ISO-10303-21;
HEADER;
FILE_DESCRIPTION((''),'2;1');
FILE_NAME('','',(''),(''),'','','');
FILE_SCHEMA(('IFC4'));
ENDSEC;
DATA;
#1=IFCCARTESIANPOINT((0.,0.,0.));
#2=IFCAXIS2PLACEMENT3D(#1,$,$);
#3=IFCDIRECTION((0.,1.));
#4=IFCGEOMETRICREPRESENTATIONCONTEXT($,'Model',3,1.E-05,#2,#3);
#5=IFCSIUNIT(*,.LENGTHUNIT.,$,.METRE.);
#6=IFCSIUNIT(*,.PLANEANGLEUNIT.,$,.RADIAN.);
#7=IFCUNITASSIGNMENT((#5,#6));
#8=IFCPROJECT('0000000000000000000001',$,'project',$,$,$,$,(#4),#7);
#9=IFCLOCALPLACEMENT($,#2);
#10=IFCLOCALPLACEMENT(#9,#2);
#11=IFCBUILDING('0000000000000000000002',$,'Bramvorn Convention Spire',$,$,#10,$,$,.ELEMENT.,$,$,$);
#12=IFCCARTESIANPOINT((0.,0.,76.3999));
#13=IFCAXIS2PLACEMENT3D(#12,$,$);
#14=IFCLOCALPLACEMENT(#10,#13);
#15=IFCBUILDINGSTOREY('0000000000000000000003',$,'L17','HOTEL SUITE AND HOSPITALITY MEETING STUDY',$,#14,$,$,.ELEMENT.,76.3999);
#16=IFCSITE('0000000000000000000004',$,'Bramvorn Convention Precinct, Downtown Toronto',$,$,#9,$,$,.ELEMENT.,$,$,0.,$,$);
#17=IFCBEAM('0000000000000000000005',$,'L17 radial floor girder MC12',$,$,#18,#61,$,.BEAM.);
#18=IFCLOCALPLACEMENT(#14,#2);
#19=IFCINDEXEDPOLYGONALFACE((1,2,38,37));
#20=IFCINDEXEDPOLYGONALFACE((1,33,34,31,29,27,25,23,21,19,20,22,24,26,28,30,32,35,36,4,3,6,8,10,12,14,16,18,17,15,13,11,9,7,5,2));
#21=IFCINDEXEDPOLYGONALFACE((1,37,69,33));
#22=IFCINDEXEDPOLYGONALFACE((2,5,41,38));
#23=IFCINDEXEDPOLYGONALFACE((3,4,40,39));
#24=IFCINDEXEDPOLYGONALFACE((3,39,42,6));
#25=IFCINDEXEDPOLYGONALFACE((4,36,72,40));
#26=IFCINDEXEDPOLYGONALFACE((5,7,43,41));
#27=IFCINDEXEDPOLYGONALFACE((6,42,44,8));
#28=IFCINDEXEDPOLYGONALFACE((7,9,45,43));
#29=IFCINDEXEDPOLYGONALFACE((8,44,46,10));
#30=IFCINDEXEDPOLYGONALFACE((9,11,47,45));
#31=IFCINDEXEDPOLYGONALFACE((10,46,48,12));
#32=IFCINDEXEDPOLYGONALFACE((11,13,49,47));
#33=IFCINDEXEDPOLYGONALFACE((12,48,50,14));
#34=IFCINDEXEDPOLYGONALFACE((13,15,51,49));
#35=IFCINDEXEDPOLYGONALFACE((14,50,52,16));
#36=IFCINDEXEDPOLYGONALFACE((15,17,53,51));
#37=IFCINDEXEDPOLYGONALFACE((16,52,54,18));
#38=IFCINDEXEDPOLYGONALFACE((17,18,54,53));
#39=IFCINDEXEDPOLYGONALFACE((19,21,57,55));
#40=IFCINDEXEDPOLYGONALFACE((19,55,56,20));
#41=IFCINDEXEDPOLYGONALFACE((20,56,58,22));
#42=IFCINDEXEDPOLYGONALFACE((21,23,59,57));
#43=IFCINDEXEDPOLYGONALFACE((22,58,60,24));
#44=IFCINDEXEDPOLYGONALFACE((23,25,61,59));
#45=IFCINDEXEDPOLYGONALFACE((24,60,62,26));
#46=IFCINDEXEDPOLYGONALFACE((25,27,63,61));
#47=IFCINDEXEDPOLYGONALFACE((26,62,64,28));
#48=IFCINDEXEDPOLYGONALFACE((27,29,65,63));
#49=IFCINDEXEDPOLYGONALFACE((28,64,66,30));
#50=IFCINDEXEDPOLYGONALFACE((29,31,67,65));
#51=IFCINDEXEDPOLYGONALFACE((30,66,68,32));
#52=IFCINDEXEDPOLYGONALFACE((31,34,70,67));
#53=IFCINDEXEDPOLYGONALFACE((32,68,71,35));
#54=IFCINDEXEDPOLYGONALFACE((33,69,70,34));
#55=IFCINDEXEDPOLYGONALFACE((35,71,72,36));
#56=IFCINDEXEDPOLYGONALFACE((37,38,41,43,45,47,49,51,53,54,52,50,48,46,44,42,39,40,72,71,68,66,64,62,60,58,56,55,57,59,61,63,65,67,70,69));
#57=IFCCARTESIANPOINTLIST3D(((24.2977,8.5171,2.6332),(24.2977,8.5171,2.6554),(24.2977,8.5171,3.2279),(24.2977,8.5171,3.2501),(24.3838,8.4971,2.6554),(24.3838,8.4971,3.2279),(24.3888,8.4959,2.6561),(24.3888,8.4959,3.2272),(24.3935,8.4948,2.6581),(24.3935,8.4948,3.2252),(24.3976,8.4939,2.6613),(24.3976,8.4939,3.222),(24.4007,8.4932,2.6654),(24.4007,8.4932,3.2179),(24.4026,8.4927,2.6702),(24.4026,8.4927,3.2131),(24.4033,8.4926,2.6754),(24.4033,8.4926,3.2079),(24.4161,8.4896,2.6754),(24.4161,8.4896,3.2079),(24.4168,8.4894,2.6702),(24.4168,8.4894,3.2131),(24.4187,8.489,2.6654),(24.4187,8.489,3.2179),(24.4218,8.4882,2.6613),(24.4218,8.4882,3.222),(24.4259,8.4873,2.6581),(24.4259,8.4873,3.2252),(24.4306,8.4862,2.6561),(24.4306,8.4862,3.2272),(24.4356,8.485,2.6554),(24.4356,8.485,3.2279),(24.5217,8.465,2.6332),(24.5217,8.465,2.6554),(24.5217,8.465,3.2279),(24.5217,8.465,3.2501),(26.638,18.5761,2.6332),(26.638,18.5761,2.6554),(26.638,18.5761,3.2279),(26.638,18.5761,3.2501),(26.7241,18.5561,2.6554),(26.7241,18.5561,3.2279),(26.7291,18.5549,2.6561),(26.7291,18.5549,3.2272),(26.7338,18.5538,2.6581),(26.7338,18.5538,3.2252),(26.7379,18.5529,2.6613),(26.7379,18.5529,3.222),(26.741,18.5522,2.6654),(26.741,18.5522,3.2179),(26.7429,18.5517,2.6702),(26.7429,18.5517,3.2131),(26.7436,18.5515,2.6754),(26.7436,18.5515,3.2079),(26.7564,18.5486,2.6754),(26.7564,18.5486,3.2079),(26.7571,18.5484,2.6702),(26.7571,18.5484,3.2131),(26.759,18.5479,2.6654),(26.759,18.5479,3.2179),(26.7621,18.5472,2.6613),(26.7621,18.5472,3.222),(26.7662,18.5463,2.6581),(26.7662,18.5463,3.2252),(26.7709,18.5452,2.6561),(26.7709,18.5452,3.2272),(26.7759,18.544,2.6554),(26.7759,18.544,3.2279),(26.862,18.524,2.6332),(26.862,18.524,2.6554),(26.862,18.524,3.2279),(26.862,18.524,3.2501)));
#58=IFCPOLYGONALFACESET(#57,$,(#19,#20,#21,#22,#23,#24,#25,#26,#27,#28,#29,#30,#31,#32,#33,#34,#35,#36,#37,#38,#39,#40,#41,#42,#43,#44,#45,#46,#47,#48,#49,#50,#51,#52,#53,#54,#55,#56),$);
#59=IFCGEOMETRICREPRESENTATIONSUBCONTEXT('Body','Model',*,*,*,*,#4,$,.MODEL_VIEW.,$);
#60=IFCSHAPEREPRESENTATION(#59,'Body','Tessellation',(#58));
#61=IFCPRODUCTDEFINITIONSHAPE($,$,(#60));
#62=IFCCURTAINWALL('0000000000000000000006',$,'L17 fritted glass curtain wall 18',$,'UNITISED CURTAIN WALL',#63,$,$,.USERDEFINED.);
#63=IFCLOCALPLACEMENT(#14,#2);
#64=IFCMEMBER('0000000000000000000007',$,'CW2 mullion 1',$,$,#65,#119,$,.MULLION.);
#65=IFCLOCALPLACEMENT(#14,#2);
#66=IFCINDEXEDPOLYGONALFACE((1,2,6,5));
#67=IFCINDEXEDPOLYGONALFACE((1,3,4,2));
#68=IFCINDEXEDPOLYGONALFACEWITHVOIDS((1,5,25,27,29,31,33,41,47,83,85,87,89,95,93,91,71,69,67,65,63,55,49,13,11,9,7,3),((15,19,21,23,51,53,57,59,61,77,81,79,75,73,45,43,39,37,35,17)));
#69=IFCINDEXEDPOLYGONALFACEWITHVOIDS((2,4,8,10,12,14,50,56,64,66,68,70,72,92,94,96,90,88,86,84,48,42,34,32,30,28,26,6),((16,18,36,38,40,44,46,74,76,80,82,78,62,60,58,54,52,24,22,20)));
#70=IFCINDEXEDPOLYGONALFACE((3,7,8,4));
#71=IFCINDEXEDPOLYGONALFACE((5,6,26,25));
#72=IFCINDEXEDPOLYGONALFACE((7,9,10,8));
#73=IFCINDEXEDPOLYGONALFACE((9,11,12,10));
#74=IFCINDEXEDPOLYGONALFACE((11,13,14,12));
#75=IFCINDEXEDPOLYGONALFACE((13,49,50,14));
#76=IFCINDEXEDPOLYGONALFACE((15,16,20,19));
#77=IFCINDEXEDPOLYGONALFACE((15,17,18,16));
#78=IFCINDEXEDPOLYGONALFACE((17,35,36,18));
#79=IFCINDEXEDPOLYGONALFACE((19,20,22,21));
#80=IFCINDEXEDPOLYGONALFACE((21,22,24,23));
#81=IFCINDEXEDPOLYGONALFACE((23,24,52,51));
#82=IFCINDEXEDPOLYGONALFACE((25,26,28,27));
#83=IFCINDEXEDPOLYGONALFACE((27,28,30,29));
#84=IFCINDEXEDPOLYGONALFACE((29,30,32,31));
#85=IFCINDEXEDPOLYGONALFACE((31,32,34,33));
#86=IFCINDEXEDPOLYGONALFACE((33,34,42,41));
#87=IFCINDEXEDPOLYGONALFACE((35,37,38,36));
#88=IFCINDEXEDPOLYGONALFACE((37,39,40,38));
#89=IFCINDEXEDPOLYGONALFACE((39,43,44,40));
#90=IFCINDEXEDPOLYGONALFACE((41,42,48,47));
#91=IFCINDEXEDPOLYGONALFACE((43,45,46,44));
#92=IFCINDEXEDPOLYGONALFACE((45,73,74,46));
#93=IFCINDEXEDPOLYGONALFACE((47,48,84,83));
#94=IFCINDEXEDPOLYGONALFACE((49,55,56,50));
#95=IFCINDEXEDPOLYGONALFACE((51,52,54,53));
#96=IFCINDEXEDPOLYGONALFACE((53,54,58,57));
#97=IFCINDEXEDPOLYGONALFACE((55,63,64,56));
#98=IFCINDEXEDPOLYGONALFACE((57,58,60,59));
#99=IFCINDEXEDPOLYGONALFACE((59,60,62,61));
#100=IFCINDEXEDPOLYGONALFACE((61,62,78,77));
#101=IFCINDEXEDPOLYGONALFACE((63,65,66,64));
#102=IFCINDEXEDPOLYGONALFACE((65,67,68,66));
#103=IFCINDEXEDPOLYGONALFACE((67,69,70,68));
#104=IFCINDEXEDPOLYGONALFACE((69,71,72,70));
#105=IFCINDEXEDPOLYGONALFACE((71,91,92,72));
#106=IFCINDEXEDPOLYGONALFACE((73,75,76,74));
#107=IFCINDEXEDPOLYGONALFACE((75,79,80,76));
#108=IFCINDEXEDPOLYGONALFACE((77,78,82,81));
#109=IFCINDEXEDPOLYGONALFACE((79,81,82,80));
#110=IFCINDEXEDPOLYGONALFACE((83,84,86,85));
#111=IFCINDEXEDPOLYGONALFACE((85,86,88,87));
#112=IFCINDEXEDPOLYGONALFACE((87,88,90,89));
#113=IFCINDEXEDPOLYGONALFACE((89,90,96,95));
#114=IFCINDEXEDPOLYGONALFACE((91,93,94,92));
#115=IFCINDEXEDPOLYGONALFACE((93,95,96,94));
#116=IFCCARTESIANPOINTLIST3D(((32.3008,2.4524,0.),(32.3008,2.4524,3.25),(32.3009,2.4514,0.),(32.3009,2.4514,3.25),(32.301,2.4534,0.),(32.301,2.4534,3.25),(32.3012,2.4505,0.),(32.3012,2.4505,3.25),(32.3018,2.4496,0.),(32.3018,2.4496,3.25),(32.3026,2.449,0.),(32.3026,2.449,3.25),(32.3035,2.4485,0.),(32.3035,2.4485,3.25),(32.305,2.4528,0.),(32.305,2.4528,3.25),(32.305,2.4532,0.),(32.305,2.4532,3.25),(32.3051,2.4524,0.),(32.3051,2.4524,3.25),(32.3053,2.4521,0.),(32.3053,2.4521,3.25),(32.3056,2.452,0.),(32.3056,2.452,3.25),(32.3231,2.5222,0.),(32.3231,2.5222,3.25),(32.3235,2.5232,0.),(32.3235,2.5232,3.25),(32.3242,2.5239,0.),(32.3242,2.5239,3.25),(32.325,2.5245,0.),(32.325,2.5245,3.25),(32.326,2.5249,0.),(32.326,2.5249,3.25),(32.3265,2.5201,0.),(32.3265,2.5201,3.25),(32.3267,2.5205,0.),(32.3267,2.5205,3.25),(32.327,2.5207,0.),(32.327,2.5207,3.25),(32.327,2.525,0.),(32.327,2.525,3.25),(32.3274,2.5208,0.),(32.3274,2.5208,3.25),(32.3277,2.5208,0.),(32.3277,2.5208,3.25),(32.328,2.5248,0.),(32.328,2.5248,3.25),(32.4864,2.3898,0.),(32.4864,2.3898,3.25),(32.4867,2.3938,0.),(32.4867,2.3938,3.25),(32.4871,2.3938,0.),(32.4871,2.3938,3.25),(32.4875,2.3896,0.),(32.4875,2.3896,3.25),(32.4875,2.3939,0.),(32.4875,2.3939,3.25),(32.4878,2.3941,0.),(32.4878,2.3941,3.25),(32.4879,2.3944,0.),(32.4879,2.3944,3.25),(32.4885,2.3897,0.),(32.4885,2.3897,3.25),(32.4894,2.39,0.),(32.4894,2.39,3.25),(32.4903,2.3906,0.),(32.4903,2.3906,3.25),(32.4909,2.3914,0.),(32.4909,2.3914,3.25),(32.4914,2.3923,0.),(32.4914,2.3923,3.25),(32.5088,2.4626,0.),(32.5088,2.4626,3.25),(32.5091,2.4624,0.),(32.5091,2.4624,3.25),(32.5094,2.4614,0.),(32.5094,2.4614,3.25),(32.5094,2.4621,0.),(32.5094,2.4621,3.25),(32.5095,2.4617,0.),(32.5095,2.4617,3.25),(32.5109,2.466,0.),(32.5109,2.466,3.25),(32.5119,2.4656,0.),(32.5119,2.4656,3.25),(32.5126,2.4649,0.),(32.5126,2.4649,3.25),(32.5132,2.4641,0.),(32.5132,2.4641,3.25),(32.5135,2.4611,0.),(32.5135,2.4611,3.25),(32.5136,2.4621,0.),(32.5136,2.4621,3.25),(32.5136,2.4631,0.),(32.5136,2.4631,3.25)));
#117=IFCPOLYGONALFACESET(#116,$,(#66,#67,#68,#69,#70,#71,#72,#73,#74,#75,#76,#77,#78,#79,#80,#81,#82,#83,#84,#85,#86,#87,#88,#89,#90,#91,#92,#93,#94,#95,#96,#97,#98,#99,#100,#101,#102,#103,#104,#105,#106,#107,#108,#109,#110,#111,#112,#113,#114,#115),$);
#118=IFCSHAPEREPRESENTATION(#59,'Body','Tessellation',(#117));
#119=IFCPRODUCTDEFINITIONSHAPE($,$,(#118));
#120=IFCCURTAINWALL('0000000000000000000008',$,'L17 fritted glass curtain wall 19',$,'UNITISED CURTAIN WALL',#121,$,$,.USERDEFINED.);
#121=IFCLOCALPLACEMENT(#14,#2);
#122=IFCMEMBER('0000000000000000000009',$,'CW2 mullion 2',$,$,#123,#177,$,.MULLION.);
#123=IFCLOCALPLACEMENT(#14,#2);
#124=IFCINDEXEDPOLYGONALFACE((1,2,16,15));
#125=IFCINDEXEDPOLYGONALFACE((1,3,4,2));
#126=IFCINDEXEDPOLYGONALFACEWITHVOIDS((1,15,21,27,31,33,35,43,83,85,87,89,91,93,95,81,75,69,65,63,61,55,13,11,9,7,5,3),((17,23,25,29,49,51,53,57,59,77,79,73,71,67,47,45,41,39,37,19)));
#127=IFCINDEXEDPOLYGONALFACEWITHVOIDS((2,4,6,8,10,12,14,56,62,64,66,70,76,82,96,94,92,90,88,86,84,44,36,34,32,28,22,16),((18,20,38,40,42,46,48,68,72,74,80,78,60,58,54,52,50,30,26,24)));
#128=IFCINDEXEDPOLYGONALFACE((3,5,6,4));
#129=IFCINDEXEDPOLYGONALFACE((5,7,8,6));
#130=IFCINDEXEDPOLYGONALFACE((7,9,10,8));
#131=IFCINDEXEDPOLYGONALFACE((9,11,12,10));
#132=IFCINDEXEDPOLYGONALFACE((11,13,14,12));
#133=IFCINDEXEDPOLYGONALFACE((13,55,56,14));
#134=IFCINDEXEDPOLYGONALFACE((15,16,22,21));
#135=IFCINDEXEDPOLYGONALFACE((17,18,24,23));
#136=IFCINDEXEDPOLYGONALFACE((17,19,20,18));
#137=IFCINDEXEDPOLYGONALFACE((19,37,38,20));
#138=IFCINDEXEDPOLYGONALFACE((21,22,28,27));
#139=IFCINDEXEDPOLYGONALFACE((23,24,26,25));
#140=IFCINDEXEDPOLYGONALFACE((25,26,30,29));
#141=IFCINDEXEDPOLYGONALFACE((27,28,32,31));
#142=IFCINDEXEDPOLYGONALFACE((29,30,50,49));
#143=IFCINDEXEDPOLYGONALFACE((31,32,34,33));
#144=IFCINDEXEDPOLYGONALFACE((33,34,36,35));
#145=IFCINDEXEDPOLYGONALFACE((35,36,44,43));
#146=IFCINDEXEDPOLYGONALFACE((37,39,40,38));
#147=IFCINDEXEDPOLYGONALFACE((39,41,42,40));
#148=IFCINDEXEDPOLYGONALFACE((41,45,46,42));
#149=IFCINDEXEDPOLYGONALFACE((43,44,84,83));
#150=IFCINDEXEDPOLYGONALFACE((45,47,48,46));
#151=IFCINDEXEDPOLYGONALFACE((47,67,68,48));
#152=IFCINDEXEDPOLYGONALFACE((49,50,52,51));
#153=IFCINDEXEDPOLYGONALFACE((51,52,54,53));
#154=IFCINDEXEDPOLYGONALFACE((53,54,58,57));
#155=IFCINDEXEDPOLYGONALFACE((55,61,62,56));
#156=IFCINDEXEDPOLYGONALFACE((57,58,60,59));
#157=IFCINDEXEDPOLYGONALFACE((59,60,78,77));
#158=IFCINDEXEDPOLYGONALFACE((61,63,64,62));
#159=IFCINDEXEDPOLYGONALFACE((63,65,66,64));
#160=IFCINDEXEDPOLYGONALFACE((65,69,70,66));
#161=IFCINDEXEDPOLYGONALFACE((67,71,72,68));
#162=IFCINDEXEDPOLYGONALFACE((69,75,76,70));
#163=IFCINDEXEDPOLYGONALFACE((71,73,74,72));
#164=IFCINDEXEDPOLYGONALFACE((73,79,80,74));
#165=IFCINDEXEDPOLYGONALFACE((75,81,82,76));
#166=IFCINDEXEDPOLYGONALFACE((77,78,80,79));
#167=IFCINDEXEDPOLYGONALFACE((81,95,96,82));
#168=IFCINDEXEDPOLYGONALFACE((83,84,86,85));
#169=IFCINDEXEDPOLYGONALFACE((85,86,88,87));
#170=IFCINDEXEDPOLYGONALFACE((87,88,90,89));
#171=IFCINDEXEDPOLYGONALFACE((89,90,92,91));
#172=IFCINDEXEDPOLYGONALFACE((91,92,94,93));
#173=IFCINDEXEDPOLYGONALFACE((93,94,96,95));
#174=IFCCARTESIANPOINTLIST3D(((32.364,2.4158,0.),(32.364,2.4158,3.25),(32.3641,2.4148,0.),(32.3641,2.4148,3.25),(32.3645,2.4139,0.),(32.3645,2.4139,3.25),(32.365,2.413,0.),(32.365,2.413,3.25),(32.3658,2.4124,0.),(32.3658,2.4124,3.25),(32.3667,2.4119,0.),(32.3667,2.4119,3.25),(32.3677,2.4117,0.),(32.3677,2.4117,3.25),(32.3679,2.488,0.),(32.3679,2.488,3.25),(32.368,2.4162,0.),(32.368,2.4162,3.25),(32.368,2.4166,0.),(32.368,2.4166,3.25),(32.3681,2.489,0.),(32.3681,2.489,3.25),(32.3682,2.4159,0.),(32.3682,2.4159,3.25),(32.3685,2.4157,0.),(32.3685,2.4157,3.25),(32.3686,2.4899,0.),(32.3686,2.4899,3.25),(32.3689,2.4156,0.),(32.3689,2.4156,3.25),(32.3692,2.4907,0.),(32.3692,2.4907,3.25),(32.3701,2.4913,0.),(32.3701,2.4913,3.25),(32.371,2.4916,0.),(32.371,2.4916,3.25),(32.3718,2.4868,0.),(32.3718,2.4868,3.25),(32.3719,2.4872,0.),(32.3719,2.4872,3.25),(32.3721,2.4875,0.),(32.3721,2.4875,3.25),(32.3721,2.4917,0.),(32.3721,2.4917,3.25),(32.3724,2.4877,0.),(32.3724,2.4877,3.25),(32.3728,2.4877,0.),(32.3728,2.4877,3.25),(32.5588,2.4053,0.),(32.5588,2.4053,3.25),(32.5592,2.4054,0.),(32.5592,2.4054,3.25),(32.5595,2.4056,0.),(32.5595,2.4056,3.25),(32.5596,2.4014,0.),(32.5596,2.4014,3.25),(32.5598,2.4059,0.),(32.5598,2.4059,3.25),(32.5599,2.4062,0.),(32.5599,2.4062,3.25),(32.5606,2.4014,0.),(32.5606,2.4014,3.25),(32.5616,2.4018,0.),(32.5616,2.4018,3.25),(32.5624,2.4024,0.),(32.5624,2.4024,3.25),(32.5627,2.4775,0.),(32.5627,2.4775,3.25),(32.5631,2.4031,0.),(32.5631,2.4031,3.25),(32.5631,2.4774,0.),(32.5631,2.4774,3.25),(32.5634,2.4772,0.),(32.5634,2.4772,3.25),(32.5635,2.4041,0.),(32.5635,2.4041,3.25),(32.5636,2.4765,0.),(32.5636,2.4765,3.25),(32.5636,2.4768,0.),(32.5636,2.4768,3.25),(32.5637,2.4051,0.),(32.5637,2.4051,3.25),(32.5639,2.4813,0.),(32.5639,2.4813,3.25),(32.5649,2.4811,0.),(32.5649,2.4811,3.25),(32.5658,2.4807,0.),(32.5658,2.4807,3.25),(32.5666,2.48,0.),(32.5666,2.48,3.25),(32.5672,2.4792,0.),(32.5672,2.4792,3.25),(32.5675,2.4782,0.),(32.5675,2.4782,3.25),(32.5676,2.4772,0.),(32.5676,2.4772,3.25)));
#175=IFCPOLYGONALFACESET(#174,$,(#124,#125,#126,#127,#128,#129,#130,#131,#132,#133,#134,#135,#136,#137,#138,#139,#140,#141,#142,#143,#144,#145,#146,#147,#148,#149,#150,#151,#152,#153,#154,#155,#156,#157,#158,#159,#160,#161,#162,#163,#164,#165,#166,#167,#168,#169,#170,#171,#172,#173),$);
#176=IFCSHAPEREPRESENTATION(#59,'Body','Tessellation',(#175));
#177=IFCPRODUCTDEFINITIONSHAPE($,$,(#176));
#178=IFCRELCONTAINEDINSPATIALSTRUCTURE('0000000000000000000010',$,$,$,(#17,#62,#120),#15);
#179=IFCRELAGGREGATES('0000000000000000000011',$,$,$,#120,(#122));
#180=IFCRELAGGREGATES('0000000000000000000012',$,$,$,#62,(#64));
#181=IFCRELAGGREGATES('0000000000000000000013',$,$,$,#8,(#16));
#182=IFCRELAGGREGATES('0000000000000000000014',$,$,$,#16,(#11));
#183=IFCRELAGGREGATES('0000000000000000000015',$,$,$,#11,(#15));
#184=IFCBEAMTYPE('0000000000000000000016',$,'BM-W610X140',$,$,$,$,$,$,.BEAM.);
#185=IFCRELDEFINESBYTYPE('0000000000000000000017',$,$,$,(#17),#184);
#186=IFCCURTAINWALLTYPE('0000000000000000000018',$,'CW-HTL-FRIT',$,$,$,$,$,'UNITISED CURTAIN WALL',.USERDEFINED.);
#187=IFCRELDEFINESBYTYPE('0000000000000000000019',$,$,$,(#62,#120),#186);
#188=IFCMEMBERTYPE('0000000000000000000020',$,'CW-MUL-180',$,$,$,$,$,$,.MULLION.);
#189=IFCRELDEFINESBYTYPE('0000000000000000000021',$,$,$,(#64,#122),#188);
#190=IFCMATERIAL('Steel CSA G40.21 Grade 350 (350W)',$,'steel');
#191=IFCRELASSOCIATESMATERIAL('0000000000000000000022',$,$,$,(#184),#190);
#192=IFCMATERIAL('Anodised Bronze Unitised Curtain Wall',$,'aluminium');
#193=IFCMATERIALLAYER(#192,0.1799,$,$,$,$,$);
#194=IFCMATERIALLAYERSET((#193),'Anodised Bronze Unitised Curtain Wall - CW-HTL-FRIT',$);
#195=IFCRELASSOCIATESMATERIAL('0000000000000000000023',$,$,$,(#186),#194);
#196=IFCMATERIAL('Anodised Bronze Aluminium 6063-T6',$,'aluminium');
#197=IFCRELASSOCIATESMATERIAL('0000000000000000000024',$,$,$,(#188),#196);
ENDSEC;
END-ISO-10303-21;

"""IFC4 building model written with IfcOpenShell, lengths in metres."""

from ifc_helpers import new_model, si_unit, direction, frame, origin, origin_2d, place, context, subcontext, project, spatial, hollow_rectangle, i_section, extrude, material, layer, layer_set, material_profile, profile_set, type_object, element, aggregate, save


model = new_model("IFC4")

# Units and contexts
model_context = context("Model", 3, precision=1e-05, world=origin(), true_north=direction((0.0, 1.0)))
body_context = subcontext(model_context, "Body", "Model", "MODEL_VIEW")
ifc_project = project(units=[si_unit("LENGTHUNIT", "METRE"), si_unit("PLANEANGLEUNIT", "RADIAN")], contexts=[model_context])

# Site, building, storey
site_placement = place(None, origin())
site = spatial("IfcSite", under=ifc_project, at=site_placement, Name="Bramvorn Convention Precinct, Downtown Toronto", CompositionType="ELEMENT", RefElevation=0.0)
building_placement = place(site_placement, origin())
building = spatial("IfcBuilding", under=site, at=building_placement, Name="Bramvorn Convention Spire", CompositionType="ELEMENT")
storey_placement = place(building_placement, frame((0.0, 0.0, 76.3999)))
storey = spatial("IfcBuildingStorey", under=building, at=storey_placement, Name="L17", Description="HOTEL SUITE AND HOSPITALITY MEETING STUDY", CompositionType="ELEMENT", Elevation=76.3999)

# Beam
ifc_material_1 = material(Name="Steel CSA G40.21 Grade 350 (350W)", Category="steel")
ifc_material_profile_1 = material_profile(ifc_material_1, i_section(OverallWidth=0.23, OverallDepth=0.6169, WebThickness=0.0132, FlangeThickness=0.0222, FilletRadius=0.02, at=origin_2d()))
ifc_profile_set_1 = profile_set([ifc_material_profile_1], Name="Steel CSA G40.21 Grade 350 (350W) - W610X140")
beam_type = type_object("IfcBeamType", Name="BM-W610X140", PredefinedType="BEAM", material=ifc_profile_set_1)
beam_placement = place(storey_placement, frame((26.75, 18.55, 2.9417), z_axis=(-0.226606, -0.973986, 0.0), x_axis=(0.973986, -0.226606, 0.0)))
element("IfcBeam", 1, at=beam_placement, inside=storey, type_object=beam_type, Name="L17 radial floor girder MC12", PredefinedType="BEAM", context=body_context, shape_type="SweptSolid", body=[
    extrude(i_section(OverallWidth=0.23, OverallDepth=0.6169, WebThickness=0.0132, FlangeThickness=0.0222, FilletRadius=0.02, at=origin_2d()), origin(), (0.0, 0.0, 1.0), 10.3276),
])

# Curtain walls, members
ifc_material_2 = material(Name="Anodised Bronze Unitised Curtain Wall", Category="aluminium")
ifc_layer_1 = layer(ifc_material_2, 0.1799)
ifc_layer_set_1 = layer_set([ifc_layer_1], Name="Anodised Bronze Unitised Curtain Wall - CW-HTL-FRIT")
curtain_wall_type = type_object("IfcCurtainWallType", Name="CW-HTL-FRIT", ElementType="UNITISED CURTAIN WALL", PredefinedType="USERDEFINED", material=ifc_layer_set_1)
curtain_wall_1_placement = place(storey_placement, origin())
curtain_wall_1 = element("IfcCurtainWall", 2, at=curtain_wall_1_placement, inside=storey, type_object=curtain_wall_type, Name="L17 fritted glass curtain wall 18", ObjectType="UNITISED CURTAIN WALL", PredefinedType="USERDEFINED")
ifc_material_3 = material(Name="Anodised Bronze Aluminium 6063-T6", Category="aluminium")
ifc_material_profile_2 = material_profile(ifc_material_3, hollow_rectangle(XDim=0.0801, YDim=0.2, WallThickness=0.0039, InnerFilletRadius=0.001, OuterFilletRadius=0.0039, at=origin_2d()))
ifc_profile_set_2 = profile_set([ifc_material_profile_2], Name="Anodised Bronze Aluminium 6063-T6 - CWM80X200")
member_type_1 = type_object("IfcMemberType", Name="CW-MUL-180", PredefinedType="MULLION", material=ifc_profile_set_2)
member_1_placement = place(storey_placement, frame((32.4072, 2.4573, 0.0), z_axis=(0.0, 0.0, 1.0), x_axis=(-0.305801, -0.952095, 0.0)))
member_1 = element("IfcMember", 3, at=member_1_placement, type_object=member_type_1, Name="CW2 mullion 1", PredefinedType="MULLION", context=body_context, shape_type="SweptSolid", body=[
    extrude(hollow_rectangle(XDim=0.0801, YDim=0.2, WallThickness=0.0039, InnerFilletRadius=0.001, OuterFilletRadius=0.0039, at=origin_2d()), origin(), (0.0, 0.0, 1.0), 3.25),
])
curtain_wall_2_placement = place(storey_placement, origin())
curtain_wall_2 = element("IfcCurtainWall", 4, at=curtain_wall_2_placement, inside=storey, type_object=curtain_wall_type, Name="L17 fritted glass curtain wall 19", ObjectType="UNITISED CURTAIN WALL", PredefinedType="USERDEFINED")
member_2_placement = place(storey_placement, frame((32.4658, 2.4465, 0.0), z_axis=(0.0, 0.0, 1.0), x_axis=(-0.053971, -0.998542, 0.0)))
member_2 = element("IfcMember", 5, at=member_2_placement, type_object=member_type_1, Name="CW2 mullion 2", PredefinedType="MULLION", context=body_context, shape_type="SweptSolid", body=[
    extrude(hollow_rectangle(XDim=0.0801, YDim=0.2, WallThickness=0.0039, InnerFilletRadius=0.001, OuterFilletRadius=0.0039, at=origin_2d()), origin(), (0.0, 0.0, 1.0), 3.25),
])
aggregate(curtain_wall_2, [member_2])

aggregate(curtain_wall_1, [member_1])

save(model, "model.ifc")
